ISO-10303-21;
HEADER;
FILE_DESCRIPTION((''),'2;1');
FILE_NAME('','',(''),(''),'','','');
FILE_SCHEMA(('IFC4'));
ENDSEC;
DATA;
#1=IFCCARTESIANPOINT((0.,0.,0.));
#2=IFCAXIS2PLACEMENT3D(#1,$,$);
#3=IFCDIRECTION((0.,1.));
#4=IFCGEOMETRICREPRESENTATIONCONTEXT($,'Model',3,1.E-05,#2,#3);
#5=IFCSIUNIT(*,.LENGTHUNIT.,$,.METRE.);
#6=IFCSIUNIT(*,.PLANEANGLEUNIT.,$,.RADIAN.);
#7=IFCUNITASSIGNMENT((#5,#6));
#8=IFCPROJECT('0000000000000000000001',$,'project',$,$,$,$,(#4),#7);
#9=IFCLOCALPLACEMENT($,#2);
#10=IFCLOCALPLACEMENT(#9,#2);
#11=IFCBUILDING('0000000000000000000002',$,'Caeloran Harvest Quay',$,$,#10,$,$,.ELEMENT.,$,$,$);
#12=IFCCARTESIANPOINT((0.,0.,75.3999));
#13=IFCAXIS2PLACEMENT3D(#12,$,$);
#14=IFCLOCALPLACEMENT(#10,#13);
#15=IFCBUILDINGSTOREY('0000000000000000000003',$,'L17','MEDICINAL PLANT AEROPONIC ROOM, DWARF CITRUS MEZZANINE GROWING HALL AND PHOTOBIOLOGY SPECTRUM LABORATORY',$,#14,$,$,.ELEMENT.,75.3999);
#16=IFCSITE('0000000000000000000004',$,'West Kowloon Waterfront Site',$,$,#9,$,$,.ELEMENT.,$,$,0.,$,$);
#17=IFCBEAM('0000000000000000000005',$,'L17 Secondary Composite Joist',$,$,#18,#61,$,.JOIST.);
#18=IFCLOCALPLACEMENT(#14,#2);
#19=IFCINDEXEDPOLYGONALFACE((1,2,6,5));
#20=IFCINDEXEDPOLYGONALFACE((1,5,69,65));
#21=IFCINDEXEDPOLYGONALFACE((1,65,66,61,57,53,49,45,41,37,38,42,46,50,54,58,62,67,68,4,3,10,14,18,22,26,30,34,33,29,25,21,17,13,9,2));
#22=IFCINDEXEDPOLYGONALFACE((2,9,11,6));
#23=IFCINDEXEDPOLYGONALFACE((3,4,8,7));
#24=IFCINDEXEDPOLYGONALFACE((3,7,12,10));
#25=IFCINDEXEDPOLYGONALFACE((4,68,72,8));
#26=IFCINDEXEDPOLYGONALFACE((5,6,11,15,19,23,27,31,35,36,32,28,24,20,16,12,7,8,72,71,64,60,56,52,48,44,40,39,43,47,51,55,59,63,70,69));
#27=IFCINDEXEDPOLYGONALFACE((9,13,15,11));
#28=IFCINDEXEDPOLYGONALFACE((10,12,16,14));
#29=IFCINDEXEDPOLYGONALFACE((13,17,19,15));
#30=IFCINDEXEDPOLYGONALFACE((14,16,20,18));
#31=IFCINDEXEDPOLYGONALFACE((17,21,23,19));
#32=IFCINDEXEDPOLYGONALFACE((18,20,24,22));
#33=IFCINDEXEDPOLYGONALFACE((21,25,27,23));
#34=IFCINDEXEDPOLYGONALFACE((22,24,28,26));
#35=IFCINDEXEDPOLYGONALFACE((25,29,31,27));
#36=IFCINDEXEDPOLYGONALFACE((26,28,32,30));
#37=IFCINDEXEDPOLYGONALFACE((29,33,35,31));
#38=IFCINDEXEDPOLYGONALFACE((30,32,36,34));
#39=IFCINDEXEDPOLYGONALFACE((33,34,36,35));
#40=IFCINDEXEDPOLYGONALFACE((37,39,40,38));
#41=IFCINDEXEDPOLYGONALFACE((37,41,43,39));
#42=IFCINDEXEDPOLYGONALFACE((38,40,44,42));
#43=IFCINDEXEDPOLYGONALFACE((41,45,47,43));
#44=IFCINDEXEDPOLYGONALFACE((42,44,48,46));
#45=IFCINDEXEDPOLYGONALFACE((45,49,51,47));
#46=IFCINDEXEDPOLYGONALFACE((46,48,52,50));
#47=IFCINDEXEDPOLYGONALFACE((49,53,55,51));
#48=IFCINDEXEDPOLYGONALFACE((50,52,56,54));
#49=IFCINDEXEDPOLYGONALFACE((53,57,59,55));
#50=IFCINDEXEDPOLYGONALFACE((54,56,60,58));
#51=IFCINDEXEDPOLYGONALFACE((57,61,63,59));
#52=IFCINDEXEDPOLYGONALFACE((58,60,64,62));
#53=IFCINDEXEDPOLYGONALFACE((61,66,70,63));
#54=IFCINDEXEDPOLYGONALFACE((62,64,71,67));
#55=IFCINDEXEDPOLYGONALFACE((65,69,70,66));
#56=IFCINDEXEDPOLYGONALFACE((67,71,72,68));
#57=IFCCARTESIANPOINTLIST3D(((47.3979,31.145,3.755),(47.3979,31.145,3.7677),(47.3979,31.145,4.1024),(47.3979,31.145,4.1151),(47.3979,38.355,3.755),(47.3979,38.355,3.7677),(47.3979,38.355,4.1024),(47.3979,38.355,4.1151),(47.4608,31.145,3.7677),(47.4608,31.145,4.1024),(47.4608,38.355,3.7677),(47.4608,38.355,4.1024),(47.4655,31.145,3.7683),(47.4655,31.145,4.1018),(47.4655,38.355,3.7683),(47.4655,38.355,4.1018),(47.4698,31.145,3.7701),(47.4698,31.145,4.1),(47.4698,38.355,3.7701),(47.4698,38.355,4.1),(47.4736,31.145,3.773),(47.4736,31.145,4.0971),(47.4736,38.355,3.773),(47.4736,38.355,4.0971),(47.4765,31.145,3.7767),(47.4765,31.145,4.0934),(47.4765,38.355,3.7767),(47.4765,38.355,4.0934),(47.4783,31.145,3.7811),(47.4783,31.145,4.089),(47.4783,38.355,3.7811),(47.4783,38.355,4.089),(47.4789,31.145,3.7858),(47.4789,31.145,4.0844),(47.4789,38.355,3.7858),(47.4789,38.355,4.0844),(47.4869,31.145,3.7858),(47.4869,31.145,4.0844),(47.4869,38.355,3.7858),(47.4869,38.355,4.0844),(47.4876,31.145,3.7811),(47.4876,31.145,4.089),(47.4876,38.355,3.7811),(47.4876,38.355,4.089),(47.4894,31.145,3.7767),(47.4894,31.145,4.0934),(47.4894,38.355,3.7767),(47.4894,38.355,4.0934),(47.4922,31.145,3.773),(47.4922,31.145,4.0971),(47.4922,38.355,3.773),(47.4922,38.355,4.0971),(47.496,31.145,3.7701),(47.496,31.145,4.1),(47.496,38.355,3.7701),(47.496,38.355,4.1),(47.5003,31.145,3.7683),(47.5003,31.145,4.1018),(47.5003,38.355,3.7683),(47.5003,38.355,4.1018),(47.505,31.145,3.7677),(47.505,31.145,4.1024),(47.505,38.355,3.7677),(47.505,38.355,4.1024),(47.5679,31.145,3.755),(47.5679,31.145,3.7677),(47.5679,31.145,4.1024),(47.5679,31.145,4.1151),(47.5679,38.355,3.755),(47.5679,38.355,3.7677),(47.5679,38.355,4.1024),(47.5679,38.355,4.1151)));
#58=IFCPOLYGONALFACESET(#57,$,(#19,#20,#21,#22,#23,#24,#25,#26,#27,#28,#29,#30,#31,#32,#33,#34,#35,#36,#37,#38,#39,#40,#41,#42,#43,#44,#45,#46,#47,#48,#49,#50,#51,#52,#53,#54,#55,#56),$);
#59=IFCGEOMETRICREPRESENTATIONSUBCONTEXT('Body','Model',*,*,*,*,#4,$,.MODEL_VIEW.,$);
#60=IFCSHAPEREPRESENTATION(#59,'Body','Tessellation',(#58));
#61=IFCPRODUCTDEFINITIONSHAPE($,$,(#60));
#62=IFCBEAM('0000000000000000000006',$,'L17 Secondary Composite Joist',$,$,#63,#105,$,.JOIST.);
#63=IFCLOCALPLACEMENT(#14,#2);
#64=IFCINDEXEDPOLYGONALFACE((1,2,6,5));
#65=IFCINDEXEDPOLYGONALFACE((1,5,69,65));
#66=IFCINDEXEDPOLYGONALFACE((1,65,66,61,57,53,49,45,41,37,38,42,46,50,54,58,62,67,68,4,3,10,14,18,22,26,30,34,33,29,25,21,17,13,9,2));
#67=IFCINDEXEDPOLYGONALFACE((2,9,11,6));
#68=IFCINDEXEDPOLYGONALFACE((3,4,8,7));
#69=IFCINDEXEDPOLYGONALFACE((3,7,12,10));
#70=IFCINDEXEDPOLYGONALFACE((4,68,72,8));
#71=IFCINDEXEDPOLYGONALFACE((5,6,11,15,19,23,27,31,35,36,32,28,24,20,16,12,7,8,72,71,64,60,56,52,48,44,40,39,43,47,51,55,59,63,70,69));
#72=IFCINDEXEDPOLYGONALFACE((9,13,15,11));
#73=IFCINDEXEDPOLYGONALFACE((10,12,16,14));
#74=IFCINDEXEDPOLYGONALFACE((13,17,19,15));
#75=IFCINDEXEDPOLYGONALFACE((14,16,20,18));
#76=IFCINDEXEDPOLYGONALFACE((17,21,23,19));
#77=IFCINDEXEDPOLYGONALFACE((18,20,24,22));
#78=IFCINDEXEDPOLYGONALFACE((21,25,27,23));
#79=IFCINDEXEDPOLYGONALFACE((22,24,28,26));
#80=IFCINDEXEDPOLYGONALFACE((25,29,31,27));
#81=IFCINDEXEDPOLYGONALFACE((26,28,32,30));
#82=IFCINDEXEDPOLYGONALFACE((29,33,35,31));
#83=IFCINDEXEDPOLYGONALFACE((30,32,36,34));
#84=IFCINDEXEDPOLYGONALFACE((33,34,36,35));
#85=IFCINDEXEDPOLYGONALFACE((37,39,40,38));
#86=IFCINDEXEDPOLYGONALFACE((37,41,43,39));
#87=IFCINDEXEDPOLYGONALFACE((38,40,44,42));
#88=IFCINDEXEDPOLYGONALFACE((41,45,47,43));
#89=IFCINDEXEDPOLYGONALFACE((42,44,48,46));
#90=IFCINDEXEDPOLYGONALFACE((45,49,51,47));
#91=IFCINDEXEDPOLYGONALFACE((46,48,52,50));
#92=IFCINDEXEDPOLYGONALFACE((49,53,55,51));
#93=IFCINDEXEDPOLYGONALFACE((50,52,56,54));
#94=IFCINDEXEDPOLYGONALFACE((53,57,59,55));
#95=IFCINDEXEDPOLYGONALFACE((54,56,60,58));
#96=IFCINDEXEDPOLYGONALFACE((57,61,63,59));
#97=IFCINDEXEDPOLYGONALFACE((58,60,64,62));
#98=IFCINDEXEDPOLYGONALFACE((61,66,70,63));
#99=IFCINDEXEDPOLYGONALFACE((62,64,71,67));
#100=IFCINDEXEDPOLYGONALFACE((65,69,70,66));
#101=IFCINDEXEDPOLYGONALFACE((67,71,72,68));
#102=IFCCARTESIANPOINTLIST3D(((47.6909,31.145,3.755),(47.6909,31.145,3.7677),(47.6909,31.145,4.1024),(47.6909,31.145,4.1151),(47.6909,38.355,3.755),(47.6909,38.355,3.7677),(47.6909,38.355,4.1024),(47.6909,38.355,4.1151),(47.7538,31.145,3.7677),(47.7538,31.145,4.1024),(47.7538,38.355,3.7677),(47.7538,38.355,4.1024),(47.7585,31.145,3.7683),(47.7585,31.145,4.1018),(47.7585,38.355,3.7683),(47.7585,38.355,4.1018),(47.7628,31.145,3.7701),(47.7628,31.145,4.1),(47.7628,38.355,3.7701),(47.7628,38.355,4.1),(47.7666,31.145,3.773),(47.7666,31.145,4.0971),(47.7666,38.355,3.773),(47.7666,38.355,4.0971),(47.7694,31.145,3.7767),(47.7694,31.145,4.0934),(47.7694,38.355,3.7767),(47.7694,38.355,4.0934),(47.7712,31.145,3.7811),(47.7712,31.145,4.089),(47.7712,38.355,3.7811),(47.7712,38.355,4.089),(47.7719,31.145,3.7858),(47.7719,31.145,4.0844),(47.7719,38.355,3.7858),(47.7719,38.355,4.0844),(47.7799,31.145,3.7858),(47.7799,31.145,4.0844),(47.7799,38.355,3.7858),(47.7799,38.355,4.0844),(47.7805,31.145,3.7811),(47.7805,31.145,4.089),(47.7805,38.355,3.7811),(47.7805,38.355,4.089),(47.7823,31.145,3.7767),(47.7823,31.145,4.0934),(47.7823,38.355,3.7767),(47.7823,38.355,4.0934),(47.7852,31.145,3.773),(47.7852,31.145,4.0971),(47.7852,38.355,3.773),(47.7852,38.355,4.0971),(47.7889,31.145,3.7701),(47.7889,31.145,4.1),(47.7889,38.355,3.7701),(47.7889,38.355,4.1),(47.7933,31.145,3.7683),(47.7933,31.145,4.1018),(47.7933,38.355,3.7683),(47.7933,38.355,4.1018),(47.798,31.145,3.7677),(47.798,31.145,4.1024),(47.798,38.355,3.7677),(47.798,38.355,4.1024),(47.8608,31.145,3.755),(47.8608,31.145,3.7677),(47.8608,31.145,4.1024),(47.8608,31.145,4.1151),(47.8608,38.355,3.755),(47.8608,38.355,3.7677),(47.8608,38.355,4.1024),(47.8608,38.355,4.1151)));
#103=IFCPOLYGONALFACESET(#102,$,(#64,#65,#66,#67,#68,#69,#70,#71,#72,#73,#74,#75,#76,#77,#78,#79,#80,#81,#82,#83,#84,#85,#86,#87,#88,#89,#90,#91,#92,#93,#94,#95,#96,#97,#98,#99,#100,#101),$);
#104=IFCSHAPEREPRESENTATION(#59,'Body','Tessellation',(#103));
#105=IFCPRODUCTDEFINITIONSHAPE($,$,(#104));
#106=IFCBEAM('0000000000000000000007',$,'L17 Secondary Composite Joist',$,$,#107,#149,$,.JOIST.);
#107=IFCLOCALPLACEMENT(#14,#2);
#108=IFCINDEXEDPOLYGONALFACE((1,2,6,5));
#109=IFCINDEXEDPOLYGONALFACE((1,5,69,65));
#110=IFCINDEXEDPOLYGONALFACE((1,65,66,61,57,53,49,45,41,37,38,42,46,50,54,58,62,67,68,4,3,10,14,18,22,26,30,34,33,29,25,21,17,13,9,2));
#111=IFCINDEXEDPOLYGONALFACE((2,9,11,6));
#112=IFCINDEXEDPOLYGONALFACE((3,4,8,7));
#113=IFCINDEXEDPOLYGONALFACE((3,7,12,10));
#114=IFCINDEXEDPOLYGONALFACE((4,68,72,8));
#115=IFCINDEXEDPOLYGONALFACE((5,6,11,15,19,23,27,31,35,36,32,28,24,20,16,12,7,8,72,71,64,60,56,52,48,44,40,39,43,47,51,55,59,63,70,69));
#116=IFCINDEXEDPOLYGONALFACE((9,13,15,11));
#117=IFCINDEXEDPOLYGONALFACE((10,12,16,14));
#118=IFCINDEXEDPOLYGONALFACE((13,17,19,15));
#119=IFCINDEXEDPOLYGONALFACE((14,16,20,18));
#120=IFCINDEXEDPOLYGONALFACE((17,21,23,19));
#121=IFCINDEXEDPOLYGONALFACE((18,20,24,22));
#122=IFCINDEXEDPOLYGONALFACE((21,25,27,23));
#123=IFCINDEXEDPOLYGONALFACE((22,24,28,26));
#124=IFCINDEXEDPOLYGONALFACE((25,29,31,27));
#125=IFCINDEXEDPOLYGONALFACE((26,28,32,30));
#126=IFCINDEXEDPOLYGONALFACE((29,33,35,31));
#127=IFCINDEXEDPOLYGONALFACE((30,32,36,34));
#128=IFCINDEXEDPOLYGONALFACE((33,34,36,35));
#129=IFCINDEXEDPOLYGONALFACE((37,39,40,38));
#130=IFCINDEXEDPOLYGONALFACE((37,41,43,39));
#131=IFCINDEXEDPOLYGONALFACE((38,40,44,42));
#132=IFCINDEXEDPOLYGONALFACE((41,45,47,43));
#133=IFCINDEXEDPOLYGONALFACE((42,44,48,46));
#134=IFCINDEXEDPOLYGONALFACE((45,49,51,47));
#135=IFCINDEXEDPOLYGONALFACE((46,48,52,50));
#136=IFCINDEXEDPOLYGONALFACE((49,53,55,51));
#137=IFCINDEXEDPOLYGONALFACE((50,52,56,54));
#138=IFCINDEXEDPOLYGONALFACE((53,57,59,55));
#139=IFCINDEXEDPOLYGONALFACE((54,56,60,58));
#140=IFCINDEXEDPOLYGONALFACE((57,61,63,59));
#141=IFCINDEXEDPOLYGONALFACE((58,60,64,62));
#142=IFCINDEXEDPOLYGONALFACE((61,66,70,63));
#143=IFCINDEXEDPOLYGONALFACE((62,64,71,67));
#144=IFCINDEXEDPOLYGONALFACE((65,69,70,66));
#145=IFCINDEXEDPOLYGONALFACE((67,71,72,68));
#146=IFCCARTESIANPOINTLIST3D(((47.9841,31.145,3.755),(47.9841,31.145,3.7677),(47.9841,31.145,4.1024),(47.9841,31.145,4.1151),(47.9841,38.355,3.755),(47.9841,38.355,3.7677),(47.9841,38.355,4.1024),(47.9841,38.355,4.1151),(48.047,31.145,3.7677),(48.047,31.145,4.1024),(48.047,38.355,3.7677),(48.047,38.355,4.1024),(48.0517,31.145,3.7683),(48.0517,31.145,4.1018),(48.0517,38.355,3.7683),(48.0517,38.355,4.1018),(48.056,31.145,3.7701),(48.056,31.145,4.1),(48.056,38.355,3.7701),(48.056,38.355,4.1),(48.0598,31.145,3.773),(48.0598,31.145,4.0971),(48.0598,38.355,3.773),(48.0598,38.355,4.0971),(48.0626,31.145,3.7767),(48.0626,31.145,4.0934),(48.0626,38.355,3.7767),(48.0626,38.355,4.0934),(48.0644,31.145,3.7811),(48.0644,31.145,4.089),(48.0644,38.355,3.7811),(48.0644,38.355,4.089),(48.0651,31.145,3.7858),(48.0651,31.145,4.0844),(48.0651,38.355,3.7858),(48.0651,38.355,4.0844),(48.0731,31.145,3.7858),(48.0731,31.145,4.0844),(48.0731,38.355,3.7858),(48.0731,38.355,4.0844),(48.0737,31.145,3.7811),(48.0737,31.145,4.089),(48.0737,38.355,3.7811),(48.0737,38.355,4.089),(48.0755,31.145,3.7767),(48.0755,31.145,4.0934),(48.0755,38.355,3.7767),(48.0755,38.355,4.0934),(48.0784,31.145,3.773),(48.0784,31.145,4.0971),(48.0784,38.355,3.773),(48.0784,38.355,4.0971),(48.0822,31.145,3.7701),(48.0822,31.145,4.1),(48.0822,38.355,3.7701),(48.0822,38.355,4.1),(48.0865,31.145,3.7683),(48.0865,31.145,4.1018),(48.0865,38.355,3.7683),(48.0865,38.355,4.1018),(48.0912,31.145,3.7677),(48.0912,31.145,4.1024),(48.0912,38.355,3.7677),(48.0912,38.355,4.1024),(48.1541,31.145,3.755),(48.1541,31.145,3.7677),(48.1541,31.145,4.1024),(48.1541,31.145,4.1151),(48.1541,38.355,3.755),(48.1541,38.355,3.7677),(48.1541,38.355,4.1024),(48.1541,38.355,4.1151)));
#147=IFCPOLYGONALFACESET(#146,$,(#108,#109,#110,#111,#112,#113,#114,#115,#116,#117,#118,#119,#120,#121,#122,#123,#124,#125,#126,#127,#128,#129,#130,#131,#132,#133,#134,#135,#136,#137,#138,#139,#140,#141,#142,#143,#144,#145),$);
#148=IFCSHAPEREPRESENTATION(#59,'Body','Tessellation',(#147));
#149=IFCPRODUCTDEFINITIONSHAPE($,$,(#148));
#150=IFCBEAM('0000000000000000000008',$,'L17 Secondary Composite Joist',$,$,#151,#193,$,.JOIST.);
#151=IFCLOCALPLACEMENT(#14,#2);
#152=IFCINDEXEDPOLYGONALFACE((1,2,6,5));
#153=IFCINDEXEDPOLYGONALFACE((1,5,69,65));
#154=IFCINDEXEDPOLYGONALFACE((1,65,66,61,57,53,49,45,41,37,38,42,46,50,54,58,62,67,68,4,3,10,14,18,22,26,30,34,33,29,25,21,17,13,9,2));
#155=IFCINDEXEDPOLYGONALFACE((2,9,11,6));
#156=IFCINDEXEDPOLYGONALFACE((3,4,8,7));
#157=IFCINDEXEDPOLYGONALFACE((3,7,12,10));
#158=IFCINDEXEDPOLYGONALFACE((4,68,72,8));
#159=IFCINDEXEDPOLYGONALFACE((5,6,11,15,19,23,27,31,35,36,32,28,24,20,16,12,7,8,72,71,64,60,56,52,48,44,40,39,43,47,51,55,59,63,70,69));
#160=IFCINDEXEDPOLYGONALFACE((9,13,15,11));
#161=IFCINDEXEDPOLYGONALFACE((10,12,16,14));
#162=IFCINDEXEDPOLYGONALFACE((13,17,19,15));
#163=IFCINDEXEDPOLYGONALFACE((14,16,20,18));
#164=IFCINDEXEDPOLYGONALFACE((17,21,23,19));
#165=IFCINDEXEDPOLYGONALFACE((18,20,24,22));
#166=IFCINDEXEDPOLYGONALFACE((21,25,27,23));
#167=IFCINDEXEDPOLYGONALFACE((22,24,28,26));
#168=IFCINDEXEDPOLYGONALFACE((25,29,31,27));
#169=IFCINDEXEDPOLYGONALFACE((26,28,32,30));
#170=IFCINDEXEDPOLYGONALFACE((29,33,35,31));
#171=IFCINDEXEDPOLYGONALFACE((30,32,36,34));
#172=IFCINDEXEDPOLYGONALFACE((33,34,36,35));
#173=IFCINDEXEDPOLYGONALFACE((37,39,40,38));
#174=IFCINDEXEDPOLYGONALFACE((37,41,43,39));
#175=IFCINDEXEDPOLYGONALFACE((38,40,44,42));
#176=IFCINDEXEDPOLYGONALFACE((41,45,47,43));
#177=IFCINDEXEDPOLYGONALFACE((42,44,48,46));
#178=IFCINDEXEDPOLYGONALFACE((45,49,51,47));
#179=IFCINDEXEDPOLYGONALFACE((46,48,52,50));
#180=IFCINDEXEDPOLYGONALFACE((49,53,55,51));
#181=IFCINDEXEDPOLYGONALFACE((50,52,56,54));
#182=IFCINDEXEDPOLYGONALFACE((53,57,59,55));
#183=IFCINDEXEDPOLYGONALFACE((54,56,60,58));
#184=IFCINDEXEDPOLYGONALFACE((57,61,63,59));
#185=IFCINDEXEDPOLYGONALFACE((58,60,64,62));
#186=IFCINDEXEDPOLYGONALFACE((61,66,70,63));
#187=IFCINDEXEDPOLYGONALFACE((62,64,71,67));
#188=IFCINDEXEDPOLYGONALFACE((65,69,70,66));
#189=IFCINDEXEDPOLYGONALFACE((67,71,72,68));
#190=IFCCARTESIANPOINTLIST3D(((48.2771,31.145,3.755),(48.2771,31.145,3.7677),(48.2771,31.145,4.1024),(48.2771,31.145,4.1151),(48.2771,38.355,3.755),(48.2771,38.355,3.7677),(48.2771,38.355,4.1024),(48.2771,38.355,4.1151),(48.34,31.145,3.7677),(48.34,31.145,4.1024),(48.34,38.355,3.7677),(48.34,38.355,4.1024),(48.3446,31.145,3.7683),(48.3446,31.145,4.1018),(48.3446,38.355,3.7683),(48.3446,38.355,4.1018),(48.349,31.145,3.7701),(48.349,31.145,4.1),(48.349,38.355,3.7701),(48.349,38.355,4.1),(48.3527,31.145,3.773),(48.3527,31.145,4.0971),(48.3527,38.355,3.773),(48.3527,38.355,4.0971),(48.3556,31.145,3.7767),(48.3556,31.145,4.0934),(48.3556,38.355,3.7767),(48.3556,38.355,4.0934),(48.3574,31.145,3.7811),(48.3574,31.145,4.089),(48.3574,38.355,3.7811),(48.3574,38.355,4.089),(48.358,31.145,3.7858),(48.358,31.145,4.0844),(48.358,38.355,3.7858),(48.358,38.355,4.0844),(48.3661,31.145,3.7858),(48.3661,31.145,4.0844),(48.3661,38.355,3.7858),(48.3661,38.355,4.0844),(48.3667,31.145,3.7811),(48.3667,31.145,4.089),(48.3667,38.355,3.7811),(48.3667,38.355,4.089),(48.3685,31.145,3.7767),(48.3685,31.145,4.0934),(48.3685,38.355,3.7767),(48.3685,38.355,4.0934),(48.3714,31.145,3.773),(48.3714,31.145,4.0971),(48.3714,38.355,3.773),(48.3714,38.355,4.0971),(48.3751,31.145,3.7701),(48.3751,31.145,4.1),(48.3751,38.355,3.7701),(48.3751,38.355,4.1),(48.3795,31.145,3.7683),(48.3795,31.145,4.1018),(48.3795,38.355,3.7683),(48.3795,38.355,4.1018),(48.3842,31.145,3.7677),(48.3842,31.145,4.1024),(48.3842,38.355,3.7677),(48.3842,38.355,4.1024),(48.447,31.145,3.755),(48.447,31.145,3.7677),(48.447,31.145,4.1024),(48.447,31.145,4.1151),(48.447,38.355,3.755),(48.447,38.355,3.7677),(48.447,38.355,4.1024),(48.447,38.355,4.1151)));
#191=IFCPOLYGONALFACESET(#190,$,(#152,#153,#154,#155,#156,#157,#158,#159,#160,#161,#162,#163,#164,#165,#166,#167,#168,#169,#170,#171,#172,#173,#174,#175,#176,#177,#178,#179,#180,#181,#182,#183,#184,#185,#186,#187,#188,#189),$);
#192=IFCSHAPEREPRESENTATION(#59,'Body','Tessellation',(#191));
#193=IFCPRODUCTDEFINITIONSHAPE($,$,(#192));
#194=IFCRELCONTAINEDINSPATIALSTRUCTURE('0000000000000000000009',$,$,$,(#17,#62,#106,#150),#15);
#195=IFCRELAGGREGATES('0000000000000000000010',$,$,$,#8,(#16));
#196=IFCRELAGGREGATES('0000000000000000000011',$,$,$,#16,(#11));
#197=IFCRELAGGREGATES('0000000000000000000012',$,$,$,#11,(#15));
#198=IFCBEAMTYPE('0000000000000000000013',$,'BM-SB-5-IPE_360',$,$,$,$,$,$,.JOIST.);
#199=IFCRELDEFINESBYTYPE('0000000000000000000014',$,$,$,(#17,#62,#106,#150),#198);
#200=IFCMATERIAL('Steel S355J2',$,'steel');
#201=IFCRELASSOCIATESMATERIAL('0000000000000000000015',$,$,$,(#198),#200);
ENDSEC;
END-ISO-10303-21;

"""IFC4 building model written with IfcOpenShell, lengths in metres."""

from ifc_helpers import new_model, si_unit, direction, frame, origin, origin_2d, place, context, subcontext, project, spatial, i_section, extrude, material, material_profile, profile_set, type_object, element, save


model = new_model("IFC4")

# Units and contexts
model_context = context("Model", 3, precision=1e-05, world=origin(), true_north=direction((0.0, 1.0)))
body_context = subcontext(model_context, "Body", "Model", "MODEL_VIEW")
ifc_project = project(units=[si_unit("LENGTHUNIT", "METRE"), si_unit("PLANEANGLEUNIT", "RADIAN")], contexts=[model_context])

# Site, building, storey
site_placement = place(None, origin())
site = spatial("IfcSite", under=ifc_project, at=site_placement, Name="West Kowloon Waterfront Site", CompositionType="ELEMENT", RefElevation=0.0)
building_placement = place(site_placement, origin())
building = spatial("IfcBuilding", under=site, at=building_placement, Name="Caeloran Harvest Quay", CompositionType="ELEMENT")
storey_placement = place(building_placement, frame((0.0, 0.0, 75.3999)))
storey = spatial("IfcBuildingStorey", under=building, at=storey_placement, Name="L17", Description="MEDICINAL PLANT AEROPONIC ROOM, DWARF CITRUS MEZZANINE GROWING HALL AND PHOTOBIOLOGY SPECTRUM LABORATORY", CompositionType="ELEMENT", Elevation=75.3999)

# Beams
ifc_material_1 = material(Name="Steel S355J2", Category="steel")
ifc_material_profile_1 = material_profile(ifc_material_1, i_section(OverallWidth=0.1699, OverallDepth=0.3601, WebThickness=0.0081, FlangeThickness=0.0127, FilletRadius=0.0181, at=origin_2d()), Name="IPE 360")
ifc_profile_set_1 = profile_set([ifc_material_profile_1], Name="Steel S355J2")
beam_type_1 = type_object("IfcBeamType", Name="BM-SB-5-IPE_360", PredefinedType="JOIST", material=ifc_profile_set_1)
for number, where, z_axis, x_axis, name in (
    (1, (47.4829, 31.145, 3.9351), (0.0, 1.0, 0.0), (-1.0, 0.0, 0.0), "L17 Secondary Composite Joist"),
    (2, (47.7759, 31.145, 3.9351), (0.0, 1.0, 0.0), (-1.0, 0.0, 0.0), "L17 Secondary Composite Joist"),
    (3, (48.0691, 31.145, 3.9351), (0.0, 1.0, 0.0), (-1.0, 0.0, 0.0), "L17 Secondary Composite Joist"),
    (4, (48.3621, 31.145, 3.9351), (0.0, 1.0, 0.0), (-1.0, 0.0, 0.0), "L17 Secondary Composite Joist"),
):
    element("IfcBeam", number, at=place(storey_placement, frame(where, z_axis=z_axis, x_axis=x_axis)), inside=storey, type_object=beam_type_1, Name=name, PredefinedType="JOIST", context=body_context, shape_type="SweptSolid", body=[
        extrude(i_section(OverallWidth=0.1699, OverallDepth=0.3601, WebThickness=0.0081, FlangeThickness=0.0127, FilletRadius=0.0181, at=origin_2d()), origin(), (0.0, 0.0, 1.0), 7.21),
    ])

save(model, "model.ifc")
